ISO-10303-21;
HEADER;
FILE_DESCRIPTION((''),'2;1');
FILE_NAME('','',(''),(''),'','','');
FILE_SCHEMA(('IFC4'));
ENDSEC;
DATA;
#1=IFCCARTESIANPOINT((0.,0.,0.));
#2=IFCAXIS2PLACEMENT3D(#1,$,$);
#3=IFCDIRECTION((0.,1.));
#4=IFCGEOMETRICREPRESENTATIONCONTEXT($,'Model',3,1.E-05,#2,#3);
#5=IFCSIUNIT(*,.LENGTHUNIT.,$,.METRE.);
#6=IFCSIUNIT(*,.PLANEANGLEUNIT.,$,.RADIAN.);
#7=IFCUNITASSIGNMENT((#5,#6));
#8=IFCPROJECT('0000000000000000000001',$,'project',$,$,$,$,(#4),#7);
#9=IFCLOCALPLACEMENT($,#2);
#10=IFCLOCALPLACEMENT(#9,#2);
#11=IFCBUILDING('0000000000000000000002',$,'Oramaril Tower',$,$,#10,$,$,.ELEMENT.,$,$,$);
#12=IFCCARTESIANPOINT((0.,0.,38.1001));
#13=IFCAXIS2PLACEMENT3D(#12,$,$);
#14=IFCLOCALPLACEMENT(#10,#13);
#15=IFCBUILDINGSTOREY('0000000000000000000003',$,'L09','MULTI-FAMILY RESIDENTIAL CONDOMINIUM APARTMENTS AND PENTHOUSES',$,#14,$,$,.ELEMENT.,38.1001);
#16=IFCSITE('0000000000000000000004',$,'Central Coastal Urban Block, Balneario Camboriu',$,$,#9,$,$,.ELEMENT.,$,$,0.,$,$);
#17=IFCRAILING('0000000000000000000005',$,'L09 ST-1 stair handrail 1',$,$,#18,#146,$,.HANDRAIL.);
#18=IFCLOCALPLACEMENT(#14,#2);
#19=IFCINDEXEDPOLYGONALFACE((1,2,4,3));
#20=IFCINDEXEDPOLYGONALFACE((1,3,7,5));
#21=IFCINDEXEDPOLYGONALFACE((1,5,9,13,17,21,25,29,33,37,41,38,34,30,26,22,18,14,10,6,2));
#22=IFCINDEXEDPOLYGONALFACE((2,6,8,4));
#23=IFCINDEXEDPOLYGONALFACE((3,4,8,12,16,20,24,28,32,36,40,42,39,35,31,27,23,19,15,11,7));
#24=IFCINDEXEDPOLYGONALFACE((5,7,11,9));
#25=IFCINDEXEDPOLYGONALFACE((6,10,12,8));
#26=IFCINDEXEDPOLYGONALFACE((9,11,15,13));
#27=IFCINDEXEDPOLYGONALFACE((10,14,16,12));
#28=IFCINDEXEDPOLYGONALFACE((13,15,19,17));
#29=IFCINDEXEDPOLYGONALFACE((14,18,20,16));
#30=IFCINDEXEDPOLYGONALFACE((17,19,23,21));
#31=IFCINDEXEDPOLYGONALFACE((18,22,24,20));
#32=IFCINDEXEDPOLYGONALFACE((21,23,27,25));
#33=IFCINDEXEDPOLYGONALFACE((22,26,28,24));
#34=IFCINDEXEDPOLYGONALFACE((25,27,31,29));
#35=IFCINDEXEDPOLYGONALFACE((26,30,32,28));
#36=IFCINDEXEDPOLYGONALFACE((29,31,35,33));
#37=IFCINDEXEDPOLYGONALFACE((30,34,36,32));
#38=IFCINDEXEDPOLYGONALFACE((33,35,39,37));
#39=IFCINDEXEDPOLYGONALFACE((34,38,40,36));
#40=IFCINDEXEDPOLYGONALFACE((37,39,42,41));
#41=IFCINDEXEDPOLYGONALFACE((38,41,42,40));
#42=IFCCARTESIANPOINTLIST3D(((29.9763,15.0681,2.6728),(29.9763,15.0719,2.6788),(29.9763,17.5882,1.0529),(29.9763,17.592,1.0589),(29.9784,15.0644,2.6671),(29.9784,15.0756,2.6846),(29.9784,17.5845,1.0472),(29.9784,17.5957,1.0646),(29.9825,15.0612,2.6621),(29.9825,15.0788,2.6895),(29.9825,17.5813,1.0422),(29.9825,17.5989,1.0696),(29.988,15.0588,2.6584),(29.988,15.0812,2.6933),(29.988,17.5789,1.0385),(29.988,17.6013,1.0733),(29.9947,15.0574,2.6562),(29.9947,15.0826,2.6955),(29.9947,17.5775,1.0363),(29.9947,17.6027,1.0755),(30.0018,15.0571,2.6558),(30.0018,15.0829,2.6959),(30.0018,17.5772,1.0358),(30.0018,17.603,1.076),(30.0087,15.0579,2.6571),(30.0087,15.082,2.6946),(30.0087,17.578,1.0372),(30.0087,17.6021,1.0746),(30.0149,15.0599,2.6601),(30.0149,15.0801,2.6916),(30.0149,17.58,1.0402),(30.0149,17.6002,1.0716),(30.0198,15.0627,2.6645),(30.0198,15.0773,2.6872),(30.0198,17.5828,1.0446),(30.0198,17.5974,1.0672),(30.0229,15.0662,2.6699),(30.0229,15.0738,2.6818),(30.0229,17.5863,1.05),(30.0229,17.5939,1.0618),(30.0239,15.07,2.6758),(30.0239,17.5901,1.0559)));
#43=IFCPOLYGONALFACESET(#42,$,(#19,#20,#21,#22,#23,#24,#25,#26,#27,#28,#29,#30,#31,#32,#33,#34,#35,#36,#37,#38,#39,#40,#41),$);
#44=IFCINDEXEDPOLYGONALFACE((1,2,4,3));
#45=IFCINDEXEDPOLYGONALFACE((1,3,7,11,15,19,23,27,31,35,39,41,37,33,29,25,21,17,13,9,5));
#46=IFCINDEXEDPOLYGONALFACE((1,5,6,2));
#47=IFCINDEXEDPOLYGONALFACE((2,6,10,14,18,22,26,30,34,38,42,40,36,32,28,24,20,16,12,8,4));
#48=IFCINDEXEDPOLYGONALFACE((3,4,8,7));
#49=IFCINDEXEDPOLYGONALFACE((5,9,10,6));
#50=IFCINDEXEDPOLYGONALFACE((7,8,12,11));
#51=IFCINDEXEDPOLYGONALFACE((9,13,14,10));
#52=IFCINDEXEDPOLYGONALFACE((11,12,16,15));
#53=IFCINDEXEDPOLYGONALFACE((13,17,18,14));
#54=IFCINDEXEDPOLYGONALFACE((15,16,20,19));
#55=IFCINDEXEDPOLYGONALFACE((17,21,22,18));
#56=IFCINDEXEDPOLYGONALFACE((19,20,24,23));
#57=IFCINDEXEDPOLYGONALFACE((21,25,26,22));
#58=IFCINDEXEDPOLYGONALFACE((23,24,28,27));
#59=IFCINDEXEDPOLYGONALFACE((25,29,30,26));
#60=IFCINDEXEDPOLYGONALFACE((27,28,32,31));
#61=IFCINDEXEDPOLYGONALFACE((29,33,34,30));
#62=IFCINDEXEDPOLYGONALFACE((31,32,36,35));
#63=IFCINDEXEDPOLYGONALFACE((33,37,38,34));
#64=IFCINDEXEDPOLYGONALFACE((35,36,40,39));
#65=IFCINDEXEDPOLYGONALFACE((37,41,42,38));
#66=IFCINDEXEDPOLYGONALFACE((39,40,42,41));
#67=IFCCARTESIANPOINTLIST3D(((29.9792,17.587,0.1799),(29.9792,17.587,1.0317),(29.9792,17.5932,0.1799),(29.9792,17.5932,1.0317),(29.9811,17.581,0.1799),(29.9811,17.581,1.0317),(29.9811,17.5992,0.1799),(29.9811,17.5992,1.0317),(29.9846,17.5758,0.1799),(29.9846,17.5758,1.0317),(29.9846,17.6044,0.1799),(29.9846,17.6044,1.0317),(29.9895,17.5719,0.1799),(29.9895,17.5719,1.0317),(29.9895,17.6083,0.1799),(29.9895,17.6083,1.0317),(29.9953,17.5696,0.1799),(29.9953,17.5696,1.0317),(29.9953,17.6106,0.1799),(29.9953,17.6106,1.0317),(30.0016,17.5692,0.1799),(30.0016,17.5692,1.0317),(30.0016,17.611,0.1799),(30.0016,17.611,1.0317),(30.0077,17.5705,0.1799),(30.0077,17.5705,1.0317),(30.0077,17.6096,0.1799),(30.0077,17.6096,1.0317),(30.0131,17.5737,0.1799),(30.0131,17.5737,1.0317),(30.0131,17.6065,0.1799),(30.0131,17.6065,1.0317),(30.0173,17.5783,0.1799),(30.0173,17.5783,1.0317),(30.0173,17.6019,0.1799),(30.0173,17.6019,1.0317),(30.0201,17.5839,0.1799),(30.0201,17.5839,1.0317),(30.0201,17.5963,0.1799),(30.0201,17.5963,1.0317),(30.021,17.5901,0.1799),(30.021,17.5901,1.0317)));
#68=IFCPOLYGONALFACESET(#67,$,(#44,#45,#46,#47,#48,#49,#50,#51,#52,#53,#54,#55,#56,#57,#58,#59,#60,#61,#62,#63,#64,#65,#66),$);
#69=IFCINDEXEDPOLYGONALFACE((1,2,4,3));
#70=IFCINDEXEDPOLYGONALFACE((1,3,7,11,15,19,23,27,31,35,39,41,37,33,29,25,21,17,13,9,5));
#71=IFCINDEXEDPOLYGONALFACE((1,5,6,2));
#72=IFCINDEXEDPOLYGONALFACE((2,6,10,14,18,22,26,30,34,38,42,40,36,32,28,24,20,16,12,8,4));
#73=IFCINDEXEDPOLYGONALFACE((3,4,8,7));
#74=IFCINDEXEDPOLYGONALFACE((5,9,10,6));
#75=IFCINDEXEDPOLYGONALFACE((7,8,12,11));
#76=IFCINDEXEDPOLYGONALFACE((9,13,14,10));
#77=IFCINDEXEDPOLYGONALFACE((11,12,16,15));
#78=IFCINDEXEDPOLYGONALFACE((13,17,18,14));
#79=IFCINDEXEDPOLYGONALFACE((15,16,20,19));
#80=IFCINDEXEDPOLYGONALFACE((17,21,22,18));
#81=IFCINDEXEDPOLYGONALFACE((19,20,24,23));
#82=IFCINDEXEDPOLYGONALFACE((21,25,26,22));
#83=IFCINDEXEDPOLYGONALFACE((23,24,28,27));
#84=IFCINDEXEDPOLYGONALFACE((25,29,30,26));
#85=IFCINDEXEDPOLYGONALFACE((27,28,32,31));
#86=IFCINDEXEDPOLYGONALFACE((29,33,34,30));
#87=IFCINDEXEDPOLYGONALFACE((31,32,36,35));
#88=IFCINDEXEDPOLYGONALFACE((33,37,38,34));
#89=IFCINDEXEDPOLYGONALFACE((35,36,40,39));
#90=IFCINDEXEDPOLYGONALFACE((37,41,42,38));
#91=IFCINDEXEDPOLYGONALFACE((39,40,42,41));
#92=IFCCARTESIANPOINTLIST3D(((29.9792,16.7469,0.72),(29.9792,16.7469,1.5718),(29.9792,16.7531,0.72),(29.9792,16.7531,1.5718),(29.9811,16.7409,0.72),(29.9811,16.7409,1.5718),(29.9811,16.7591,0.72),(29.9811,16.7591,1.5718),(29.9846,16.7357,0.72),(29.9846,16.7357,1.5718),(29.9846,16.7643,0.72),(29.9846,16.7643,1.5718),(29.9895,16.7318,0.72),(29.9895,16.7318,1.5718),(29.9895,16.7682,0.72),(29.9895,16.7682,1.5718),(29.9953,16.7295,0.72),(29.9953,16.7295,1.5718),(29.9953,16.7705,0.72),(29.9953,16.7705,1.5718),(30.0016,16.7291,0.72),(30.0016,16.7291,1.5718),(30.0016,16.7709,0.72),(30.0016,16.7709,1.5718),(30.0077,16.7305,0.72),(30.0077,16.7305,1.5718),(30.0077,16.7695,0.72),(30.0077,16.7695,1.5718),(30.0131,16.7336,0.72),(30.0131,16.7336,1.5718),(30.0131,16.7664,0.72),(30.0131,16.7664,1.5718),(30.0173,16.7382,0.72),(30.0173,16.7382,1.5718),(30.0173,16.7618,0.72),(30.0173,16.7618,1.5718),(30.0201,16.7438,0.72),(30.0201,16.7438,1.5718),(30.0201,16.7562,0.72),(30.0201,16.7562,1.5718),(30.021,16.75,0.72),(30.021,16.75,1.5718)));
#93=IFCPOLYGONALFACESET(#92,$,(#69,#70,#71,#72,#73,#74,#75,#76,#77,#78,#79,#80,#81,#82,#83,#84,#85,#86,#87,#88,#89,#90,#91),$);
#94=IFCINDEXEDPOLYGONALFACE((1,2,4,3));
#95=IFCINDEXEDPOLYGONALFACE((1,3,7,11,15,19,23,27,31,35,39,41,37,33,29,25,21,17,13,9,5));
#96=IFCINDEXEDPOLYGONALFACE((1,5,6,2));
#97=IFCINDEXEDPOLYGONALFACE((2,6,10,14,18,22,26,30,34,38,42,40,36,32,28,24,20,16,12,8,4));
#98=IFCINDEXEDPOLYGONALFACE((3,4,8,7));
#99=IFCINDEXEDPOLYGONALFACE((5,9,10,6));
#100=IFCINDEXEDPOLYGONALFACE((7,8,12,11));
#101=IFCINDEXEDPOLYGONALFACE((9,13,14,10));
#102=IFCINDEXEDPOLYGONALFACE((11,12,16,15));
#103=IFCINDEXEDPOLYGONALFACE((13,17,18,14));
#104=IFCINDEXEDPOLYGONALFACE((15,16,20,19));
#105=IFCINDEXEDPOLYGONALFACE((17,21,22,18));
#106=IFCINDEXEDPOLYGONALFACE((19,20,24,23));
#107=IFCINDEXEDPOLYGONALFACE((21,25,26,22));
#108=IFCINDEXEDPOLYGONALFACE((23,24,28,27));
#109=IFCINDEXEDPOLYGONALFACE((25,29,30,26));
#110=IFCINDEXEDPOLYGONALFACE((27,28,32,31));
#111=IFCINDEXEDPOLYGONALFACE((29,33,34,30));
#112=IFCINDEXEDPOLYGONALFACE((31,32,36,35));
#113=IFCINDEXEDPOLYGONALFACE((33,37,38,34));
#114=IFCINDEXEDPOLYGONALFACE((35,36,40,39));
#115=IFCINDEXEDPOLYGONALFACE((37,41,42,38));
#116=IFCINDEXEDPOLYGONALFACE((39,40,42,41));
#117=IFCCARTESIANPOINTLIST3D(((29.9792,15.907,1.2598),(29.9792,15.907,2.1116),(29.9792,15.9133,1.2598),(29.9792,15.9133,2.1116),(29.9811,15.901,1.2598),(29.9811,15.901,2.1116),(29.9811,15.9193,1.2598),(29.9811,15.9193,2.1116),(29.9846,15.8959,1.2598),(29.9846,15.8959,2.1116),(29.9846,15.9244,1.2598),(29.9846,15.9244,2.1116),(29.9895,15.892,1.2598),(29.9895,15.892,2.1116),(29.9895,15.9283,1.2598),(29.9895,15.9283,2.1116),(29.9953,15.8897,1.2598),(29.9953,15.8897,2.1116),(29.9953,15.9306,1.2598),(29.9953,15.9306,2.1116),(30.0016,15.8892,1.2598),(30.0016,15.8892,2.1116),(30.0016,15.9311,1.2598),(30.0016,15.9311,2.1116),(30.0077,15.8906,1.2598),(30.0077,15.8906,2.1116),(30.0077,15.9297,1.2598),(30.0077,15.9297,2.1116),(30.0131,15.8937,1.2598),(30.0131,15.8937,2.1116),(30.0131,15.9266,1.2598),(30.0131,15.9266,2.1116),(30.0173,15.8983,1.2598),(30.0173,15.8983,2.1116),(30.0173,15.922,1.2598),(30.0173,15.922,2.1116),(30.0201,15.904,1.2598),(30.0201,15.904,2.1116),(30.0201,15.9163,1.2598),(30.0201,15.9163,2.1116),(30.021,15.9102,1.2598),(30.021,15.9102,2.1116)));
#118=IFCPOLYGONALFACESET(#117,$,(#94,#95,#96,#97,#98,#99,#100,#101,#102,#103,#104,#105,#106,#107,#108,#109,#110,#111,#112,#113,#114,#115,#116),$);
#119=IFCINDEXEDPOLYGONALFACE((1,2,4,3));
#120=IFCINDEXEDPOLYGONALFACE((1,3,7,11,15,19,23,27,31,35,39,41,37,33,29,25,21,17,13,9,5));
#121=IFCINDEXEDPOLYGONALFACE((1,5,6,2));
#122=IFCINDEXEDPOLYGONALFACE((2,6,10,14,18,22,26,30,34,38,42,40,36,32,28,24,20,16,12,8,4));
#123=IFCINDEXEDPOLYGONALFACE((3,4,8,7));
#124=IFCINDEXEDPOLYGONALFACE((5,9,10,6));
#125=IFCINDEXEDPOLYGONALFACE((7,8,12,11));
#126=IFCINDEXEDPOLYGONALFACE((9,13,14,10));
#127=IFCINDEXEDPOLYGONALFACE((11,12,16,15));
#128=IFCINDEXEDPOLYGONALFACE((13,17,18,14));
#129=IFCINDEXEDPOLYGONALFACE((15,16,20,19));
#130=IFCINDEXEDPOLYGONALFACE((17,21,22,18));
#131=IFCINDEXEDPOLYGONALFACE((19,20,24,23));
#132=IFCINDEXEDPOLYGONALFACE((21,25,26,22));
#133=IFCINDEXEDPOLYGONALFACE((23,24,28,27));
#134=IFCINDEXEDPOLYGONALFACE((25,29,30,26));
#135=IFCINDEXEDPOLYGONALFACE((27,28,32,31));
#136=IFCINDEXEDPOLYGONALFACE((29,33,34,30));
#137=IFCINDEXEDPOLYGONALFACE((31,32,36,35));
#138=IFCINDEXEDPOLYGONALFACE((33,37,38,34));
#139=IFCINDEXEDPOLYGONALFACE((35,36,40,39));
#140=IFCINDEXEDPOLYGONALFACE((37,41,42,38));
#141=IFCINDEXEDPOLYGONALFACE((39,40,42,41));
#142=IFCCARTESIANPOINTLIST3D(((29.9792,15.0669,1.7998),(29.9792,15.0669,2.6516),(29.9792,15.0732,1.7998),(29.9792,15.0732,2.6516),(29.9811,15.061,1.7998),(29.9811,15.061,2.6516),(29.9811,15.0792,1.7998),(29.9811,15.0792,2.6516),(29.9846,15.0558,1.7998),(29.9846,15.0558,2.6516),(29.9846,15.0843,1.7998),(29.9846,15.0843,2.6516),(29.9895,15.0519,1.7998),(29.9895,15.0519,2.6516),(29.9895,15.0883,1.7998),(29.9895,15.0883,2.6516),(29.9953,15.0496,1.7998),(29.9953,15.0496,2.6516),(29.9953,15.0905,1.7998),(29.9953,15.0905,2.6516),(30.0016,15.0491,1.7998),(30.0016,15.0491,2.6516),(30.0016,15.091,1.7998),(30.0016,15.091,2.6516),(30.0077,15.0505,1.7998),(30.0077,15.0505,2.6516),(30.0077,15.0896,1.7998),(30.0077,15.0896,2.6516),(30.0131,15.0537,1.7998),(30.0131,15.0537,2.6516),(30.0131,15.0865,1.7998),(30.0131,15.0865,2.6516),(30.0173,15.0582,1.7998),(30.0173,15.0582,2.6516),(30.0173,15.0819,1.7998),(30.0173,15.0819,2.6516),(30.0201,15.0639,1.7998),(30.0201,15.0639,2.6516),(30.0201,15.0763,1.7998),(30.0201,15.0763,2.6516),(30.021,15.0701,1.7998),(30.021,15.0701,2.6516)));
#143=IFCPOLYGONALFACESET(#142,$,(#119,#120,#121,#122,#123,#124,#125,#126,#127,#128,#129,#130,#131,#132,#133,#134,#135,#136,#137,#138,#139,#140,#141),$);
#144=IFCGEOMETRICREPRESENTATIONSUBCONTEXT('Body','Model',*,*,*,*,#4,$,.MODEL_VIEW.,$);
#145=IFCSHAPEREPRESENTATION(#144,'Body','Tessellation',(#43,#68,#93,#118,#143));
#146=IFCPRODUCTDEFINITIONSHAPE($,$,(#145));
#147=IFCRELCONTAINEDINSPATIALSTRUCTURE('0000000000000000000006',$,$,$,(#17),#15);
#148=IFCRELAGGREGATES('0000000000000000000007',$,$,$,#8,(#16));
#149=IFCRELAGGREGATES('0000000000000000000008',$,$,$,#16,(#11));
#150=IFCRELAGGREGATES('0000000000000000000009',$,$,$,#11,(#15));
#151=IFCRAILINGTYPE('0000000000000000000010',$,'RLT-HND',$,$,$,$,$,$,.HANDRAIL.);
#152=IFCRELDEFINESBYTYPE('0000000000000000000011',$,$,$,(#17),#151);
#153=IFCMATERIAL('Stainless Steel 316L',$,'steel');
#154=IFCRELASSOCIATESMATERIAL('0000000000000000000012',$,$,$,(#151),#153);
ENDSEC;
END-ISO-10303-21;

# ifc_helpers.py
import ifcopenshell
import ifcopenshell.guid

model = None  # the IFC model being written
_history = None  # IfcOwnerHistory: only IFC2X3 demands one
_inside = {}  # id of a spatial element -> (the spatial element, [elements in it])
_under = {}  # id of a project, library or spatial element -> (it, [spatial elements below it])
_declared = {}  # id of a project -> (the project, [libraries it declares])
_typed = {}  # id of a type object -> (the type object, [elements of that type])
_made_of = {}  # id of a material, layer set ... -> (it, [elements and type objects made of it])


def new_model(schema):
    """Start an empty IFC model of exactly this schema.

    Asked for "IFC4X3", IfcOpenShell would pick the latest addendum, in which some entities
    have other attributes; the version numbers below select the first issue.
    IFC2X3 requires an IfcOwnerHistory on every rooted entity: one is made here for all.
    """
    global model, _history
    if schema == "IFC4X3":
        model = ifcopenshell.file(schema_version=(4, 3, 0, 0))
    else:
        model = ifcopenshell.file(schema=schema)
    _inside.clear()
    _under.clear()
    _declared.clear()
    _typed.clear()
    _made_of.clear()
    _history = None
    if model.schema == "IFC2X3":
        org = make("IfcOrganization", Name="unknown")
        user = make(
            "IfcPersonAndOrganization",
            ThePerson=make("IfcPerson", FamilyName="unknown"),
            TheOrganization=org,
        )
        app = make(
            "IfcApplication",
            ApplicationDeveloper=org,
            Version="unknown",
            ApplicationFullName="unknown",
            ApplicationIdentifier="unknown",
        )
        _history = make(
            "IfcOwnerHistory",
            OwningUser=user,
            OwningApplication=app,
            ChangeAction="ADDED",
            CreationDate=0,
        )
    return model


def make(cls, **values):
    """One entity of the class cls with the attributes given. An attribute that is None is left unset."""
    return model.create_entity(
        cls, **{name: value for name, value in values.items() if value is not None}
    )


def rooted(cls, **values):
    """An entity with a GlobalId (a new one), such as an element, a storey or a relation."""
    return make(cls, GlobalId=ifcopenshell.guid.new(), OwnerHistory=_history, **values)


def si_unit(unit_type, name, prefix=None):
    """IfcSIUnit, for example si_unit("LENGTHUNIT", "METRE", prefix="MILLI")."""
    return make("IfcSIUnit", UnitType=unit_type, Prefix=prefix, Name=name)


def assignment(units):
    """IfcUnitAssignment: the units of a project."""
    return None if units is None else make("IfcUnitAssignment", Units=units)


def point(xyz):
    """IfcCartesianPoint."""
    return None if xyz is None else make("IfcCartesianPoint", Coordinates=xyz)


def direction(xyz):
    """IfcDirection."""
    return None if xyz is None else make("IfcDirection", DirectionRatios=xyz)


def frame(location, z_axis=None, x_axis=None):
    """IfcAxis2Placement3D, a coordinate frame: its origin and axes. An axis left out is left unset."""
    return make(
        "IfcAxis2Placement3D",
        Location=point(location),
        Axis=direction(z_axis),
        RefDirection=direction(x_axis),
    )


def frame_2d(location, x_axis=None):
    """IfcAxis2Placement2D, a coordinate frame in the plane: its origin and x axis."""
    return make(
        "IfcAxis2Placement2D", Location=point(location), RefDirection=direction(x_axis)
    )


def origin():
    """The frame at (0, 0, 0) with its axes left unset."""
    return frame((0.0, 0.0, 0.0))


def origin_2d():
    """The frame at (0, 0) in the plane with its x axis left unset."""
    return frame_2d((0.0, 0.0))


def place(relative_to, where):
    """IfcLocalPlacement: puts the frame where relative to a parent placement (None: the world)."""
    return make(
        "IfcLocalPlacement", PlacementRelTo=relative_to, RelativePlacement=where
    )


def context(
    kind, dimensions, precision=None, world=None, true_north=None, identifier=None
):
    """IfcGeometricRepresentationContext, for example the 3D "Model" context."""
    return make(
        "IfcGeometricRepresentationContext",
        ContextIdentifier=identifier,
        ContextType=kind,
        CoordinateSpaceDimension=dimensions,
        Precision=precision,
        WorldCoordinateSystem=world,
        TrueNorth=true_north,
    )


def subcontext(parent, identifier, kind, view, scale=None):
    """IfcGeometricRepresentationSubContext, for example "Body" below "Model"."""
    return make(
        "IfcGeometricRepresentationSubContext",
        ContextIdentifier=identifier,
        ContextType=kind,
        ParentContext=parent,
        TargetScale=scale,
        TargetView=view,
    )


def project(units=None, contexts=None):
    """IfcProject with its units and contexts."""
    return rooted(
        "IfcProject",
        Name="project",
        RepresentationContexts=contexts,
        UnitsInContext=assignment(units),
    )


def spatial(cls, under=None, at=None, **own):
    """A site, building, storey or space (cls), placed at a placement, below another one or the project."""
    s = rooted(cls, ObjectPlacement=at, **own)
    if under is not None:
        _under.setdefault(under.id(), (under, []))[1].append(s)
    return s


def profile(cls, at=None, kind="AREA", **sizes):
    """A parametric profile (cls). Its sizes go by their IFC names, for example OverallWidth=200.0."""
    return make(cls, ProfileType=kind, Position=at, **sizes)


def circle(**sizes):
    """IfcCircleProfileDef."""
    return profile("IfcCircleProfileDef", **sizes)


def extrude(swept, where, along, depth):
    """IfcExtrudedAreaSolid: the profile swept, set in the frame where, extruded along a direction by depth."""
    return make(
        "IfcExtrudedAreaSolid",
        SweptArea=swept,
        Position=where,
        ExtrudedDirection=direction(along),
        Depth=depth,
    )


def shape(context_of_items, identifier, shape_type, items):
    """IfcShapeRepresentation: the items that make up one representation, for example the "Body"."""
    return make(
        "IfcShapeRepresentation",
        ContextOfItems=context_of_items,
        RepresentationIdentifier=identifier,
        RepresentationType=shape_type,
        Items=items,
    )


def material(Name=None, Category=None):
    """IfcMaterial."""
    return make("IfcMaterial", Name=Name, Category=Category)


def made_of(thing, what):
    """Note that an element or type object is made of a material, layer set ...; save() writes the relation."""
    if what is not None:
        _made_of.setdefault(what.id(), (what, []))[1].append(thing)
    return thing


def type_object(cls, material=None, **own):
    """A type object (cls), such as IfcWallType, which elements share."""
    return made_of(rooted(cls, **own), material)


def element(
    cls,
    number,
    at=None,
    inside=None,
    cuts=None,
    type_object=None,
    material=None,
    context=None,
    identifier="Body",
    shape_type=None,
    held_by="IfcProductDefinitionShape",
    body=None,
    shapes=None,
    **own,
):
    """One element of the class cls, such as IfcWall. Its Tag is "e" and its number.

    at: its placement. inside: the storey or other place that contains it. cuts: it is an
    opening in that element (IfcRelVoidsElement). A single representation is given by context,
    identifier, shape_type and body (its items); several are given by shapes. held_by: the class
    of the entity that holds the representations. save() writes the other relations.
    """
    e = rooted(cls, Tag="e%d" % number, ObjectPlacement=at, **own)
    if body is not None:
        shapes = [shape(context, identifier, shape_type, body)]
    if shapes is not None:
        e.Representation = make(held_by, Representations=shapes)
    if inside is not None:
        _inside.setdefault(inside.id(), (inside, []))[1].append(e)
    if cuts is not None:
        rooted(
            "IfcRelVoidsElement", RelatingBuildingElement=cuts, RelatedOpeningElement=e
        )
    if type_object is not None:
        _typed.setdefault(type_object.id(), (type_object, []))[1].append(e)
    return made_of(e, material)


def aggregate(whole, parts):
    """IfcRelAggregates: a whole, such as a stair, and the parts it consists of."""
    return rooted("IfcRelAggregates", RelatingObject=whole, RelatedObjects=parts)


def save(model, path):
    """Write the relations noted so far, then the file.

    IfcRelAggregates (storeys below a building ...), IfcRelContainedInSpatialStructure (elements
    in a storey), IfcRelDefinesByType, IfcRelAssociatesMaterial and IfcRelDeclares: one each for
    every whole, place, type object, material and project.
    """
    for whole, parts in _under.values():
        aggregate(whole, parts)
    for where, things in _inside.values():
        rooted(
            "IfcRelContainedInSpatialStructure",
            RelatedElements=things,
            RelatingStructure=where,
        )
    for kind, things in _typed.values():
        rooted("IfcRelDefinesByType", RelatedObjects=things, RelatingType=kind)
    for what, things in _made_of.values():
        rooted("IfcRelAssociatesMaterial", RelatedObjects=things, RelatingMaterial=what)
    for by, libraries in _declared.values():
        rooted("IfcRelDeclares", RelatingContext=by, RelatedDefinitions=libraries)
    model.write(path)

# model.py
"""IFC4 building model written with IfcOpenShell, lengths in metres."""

from ifc_helpers import new_model, si_unit, direction, frame, origin, origin_2d, place, context, subcontext, project, spatial, circle, extrude, material, type_object, element, save


model = new_model("IFC4")

# Units and contexts
model_context = context("Model", 3, precision=1e-05, world=origin(), true_north=direction((0.0, 1.0)))
body_context = subcontext(model_context, "Body", "Model", "MODEL_VIEW")
ifc_project = project(units=[si_unit("LENGTHUNIT", "METRE"), si_unit("PLANEANGLEUNIT", "RADIAN")], contexts=[model_context])

# Site, building, storey
site_placement = place(None, origin())
site = spatial("IfcSite", under=ifc_project, at=site_placement, Name="Central Coastal Urban Block, Balneario Camboriu", CompositionType="ELEMENT", RefElevation=0.0)
building_placement = place(site_placement, origin())
building = spatial("IfcBuilding", under=site, at=building_placement, Name="Oramaril Tower", CompositionType="ELEMENT")
storey_placement = place(building_placement, frame((0.0, 0.0, 38.1001)))
storey = spatial("IfcBuildingStorey", under=building, at=storey_placement, Name="L09", Description="MULTI-FAMILY RESIDENTIAL CONDOMINIUM APARTMENTS AND PENTHOUSES", CompositionType="ELEMENT", Elevation=38.1001)

# Railing
ifc_material_1 = material(Name="Stainless Steel 316L", Category="steel")
railing_type_1 = type_object("IfcRailingType", Name="RLT-HND", PredefinedType="HANDRAIL", material=ifc_material_1)
railing_1_placement = place(storey_placement, frame((30.0, 17.5901, 0.1799)))
element("IfcRailing", 1, at=railing_1_placement, inside=storey, type_object=railing_type_1, Name="L09 ST-1 stair handrail 1", PredefinedType="HANDRAIL", context=body_context, shape_type="SweptSolid", body=[
    extrude(circle(Radius=0.0239, at=origin_2d()), frame((0.0, 0.0, 0.876), z_axis=(0.0, -0.8412, 0.540725), x_axis=(1.0, 0.0, 0.0)), (0.0, 0.0, 1.0), 2.9958),
    extrude(circle(Radius=0.021, at=origin_2d()), origin(), (0.0, 0.0, 1.0), 0.8518),
    extrude(circle(Radius=0.021, at=origin_2d()), frame((0.0, -0.8401, 0.54)), (0.0, 0.0, 1.0), 0.8518),
    extrude(circle(Radius=0.021, at=origin_2d()), frame((0.0, -1.6799, 1.0798)), (0.0, 0.0, 1.0), 0.8518),
    extrude(circle(Radius=0.021, at=origin_2d()), frame((0.0, -2.52, 1.6199)), (0.0, 0.0, 1.0), 0.8518),
])

save(model, "model.ifc")
